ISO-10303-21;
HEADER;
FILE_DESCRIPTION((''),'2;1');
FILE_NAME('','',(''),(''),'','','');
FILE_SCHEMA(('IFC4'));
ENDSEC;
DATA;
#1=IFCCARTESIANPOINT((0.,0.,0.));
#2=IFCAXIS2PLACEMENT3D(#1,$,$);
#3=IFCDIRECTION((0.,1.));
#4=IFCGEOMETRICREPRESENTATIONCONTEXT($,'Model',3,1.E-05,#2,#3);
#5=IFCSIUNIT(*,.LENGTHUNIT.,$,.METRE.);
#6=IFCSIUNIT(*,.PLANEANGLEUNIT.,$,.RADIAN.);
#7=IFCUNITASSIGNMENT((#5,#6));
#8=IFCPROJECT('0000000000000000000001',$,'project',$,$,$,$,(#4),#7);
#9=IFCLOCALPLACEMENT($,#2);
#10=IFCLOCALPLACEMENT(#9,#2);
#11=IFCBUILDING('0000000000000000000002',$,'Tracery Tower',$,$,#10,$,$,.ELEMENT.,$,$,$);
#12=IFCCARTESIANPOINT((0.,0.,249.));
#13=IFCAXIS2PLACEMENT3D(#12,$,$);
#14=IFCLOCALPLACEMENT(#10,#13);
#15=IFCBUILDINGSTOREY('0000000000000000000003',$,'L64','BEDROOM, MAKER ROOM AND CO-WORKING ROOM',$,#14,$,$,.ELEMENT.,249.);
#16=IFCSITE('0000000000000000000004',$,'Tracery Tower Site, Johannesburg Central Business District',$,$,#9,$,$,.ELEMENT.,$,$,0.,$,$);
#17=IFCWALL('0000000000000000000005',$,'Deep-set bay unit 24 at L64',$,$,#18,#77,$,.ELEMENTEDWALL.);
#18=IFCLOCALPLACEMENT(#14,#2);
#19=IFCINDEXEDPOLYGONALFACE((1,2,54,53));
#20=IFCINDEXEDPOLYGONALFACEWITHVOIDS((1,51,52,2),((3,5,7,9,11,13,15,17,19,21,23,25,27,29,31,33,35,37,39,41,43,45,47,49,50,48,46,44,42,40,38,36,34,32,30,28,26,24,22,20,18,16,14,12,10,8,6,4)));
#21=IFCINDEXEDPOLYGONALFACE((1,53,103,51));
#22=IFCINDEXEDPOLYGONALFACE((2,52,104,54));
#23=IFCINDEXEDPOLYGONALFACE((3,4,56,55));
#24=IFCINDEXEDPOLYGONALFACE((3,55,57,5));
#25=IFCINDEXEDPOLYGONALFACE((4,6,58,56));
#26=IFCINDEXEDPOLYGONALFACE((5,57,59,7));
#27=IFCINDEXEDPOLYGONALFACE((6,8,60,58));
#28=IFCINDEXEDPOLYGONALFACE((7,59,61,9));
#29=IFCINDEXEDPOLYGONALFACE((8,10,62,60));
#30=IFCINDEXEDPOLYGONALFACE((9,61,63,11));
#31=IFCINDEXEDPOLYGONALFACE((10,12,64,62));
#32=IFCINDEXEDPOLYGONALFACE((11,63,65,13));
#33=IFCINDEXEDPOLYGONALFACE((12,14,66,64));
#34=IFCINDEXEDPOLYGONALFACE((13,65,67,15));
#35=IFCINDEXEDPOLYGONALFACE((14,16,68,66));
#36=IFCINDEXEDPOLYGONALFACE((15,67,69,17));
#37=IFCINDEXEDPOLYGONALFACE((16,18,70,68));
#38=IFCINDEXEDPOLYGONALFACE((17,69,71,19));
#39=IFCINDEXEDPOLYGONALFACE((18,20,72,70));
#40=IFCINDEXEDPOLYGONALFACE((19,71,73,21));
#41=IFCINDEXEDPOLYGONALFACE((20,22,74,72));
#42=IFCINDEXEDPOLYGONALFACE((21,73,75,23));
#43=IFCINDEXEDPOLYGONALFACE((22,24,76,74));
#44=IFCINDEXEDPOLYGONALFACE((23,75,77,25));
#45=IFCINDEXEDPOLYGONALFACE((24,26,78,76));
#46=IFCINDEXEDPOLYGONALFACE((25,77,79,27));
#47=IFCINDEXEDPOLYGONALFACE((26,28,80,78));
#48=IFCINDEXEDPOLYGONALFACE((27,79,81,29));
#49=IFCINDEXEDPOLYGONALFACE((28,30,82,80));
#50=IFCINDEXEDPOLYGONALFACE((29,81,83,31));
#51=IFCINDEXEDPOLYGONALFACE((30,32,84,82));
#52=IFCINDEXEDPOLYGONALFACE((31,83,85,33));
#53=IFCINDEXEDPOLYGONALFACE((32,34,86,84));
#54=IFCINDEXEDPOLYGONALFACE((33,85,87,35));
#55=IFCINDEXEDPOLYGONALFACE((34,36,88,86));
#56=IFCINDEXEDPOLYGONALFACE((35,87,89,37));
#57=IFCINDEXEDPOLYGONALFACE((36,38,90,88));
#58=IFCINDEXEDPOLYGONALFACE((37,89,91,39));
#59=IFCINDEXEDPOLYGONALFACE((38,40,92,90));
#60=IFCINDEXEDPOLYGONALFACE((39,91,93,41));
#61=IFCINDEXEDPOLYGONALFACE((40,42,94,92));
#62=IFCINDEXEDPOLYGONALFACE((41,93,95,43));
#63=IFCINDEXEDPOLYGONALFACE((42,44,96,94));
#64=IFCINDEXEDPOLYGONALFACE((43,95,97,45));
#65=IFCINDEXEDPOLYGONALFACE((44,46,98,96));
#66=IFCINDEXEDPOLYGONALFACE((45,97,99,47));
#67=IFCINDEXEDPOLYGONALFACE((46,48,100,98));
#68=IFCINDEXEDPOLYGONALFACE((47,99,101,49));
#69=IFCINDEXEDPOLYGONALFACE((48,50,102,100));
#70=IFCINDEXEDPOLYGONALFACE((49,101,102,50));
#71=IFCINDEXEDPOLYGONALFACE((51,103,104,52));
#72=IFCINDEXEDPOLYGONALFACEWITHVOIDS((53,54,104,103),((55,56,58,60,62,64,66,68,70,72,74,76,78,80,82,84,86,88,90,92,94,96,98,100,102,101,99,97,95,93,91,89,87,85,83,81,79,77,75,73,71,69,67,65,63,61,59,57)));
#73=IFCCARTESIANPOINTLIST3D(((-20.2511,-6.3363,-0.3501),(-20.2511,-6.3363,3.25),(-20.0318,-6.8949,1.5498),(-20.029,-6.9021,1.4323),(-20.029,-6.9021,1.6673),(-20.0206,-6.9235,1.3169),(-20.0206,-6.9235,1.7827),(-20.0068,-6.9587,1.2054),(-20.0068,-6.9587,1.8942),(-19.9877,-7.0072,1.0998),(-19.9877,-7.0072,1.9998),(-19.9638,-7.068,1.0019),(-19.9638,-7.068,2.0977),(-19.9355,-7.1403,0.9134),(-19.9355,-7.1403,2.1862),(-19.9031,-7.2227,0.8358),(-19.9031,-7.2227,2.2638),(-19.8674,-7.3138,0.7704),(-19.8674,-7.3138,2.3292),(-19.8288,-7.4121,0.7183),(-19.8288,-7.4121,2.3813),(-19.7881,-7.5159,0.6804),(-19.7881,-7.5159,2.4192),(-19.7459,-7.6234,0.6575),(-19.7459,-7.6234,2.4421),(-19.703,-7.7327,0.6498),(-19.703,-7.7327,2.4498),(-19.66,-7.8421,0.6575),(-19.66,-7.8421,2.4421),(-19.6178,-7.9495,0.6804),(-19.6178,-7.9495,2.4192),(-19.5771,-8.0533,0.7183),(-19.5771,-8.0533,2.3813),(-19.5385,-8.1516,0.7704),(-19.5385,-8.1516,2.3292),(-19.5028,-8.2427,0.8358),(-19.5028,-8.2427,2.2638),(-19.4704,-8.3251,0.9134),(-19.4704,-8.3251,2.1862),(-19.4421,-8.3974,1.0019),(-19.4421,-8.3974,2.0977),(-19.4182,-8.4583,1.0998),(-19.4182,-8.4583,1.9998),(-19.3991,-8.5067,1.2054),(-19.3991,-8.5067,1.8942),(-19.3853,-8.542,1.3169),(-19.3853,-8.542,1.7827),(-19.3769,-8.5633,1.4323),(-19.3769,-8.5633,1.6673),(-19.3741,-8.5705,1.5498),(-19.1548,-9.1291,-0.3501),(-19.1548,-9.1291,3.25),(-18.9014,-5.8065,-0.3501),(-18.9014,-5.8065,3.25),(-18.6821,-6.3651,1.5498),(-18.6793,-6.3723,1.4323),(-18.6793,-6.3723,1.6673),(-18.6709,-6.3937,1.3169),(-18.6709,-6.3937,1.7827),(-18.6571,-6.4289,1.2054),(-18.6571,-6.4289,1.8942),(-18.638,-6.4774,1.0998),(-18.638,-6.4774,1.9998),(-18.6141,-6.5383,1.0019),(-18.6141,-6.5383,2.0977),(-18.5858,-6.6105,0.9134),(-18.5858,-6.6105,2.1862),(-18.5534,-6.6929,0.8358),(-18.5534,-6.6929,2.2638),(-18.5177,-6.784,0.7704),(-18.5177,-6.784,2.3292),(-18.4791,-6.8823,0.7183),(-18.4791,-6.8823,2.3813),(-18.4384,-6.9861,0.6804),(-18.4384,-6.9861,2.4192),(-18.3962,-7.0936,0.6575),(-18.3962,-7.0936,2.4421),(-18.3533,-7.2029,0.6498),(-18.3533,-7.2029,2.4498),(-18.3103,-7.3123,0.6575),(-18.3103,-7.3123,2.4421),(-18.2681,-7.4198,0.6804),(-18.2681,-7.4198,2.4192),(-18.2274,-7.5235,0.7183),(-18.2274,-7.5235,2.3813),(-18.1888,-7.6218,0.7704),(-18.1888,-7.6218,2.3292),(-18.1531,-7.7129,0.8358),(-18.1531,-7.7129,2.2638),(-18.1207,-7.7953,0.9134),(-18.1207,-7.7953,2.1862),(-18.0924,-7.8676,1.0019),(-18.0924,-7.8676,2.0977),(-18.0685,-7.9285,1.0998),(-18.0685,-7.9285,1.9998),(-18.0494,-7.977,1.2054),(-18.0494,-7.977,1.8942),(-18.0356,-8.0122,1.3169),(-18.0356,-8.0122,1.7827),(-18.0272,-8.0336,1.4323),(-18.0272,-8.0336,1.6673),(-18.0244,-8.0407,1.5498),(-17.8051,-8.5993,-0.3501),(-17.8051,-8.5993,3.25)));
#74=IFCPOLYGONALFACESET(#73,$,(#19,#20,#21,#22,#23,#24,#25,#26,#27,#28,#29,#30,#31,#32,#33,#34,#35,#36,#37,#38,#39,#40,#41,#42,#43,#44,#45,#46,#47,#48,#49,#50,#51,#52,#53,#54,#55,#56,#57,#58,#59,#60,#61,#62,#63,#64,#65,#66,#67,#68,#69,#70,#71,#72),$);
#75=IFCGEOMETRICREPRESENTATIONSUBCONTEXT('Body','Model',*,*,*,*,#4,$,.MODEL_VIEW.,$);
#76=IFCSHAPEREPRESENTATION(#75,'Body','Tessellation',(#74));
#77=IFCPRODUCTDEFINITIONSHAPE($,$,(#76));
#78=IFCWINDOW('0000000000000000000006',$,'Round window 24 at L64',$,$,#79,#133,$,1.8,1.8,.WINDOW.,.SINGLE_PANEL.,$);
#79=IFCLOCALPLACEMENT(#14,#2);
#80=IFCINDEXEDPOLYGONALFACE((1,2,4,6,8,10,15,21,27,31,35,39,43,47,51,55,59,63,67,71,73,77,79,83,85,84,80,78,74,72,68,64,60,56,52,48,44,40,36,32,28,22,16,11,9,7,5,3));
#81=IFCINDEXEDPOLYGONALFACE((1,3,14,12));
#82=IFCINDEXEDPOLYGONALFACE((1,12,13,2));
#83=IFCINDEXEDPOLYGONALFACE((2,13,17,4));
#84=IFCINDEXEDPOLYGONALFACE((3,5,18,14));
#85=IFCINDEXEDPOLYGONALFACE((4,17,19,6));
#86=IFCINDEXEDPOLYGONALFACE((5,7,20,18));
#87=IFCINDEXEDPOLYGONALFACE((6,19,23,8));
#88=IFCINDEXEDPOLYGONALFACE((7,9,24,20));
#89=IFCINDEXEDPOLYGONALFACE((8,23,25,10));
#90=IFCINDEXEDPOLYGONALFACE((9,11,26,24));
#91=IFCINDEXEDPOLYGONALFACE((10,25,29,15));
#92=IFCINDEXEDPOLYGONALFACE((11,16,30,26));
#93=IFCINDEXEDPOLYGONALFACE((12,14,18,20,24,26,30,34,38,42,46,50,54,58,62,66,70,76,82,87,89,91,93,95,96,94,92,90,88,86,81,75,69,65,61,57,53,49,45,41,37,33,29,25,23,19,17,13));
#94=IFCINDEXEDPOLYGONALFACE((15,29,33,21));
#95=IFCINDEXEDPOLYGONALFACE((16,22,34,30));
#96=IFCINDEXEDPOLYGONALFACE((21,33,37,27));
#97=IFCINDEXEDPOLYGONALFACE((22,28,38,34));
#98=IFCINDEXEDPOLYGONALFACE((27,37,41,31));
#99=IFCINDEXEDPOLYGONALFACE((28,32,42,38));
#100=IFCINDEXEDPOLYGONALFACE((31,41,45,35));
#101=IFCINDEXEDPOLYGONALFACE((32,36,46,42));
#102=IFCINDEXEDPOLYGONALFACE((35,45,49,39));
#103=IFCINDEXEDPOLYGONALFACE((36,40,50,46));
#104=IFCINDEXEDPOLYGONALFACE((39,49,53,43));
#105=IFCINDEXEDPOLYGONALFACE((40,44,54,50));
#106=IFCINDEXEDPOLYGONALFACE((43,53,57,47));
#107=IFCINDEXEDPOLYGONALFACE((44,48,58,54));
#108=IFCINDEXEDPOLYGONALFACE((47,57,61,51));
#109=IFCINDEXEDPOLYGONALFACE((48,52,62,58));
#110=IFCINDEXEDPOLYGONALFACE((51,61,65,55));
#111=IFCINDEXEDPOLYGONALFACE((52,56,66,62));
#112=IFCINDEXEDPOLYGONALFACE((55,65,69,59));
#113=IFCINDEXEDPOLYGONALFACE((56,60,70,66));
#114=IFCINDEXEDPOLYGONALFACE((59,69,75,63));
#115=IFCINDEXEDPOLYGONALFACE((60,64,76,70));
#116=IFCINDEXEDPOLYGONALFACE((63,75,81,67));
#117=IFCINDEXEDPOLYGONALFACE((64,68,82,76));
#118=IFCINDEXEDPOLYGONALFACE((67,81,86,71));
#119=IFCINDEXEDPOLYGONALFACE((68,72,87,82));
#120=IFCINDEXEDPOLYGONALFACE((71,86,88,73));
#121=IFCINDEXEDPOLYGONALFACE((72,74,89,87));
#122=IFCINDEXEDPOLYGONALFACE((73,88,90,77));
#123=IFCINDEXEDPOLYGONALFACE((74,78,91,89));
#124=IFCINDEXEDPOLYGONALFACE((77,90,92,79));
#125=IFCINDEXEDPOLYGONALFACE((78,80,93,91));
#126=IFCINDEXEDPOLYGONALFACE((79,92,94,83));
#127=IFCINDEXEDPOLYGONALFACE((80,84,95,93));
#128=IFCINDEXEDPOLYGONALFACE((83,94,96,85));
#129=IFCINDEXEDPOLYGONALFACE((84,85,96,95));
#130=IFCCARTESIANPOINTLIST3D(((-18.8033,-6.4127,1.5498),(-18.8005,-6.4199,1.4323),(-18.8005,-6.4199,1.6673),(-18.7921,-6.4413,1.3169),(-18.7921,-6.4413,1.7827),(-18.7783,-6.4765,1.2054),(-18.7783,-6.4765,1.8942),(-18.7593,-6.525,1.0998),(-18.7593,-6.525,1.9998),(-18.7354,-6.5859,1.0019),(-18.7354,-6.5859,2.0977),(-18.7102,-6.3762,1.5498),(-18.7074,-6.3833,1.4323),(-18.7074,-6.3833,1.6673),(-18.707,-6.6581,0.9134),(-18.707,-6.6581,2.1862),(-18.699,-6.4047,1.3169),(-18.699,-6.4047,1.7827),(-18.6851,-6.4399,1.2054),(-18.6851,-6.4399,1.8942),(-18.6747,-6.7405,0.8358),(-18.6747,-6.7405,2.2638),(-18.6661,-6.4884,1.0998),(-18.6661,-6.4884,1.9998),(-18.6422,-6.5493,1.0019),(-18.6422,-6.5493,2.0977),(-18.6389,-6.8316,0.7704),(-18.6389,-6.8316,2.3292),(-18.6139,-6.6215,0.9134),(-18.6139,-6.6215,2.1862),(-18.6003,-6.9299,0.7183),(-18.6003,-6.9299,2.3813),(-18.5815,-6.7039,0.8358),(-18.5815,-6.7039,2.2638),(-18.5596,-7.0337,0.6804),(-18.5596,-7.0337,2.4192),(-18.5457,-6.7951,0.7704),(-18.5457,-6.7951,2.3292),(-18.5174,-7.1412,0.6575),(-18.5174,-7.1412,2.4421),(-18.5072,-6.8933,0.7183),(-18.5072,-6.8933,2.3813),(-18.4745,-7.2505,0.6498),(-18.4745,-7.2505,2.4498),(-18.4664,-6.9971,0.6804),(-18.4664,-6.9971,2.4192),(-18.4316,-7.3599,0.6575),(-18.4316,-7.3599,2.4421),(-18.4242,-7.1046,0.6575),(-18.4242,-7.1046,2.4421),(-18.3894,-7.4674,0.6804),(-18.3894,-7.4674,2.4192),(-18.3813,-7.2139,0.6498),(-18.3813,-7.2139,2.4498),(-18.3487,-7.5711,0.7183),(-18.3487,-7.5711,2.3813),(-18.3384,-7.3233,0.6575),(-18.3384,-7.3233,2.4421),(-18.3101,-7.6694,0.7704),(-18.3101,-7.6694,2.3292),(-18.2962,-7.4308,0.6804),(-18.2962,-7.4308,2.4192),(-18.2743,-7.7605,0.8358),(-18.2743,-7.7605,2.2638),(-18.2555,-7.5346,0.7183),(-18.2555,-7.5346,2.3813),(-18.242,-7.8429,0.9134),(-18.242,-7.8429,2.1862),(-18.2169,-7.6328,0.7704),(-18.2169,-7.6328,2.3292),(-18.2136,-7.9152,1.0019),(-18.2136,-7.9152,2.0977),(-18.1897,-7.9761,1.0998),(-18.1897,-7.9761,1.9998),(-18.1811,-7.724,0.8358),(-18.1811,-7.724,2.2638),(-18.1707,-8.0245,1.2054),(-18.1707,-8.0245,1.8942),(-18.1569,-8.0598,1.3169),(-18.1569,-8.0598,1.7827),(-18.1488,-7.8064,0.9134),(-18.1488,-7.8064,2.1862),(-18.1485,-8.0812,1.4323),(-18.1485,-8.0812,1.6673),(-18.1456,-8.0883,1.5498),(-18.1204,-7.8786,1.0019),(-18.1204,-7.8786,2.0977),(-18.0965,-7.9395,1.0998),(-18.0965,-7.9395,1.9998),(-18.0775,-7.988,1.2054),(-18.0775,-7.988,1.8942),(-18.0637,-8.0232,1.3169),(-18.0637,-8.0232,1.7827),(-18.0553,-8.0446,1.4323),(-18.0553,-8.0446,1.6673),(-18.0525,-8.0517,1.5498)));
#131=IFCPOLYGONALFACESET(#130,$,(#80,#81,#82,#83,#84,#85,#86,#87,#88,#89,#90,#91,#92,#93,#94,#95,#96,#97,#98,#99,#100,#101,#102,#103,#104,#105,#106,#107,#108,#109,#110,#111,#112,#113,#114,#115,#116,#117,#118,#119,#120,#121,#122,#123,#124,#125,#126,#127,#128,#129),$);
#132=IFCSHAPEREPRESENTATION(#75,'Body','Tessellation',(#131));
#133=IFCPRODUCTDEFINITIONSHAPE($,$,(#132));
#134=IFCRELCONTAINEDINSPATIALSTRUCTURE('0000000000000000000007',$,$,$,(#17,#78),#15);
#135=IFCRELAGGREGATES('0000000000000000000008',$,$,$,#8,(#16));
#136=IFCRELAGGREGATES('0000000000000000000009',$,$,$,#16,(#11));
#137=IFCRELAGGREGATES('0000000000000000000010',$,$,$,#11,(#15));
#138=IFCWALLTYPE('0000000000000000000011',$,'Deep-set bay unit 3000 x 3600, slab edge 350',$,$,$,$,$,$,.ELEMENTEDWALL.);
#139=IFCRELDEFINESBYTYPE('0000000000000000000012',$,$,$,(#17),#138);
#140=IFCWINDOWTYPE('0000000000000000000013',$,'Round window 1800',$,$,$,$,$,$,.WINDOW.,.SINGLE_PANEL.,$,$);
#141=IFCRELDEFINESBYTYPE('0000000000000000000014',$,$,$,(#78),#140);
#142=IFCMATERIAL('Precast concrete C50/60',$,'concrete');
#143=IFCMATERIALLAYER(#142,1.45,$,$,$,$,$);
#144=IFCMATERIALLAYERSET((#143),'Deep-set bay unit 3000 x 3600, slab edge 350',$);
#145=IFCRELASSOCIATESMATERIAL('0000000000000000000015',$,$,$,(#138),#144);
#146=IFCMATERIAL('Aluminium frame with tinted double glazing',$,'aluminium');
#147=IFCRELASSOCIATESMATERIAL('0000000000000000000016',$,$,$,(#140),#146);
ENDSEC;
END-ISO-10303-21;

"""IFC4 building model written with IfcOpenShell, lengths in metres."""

from ifc_helpers import new_model, si_unit, direction, frame, frame_2d, origin, origin_2d, place, context, subcontext, project, spatial, rectangle, circle, extrude, material, layer, layer_set, type_object, element, fill, save


model = new_model("IFC4")

# Units and contexts
model_context = context("Model", 3, precision=1e-05, world=origin(), true_north=direction((0.0, 1.0)))
body_context = subcontext(model_context, "Body", "Model", "MODEL_VIEW")
ifc_project = project(units=[si_unit("LENGTHUNIT", "METRE"), si_unit("PLANEANGLEUNIT", "RADIAN")], contexts=[model_context])

# Site, building, storey
site_placement = place(None, origin())
site = spatial("IfcSite", under=ifc_project, at=site_placement, Name="Tracery Tower Site, Johannesburg Central Business District", CompositionType="ELEMENT", RefElevation=0.0)
building_placement = place(site_placement, origin())
building = spatial("IfcBuilding", under=site, at=building_placement, Name="Tracery Tower", CompositionType="ELEMENT")
storey_placement = place(building_placement, frame((0.0, 0.0, 249.0)))
storey = spatial("IfcBuildingStorey", under=building, at=storey_placement, Name="L64", Description="BEDROOM, MAKER ROOM AND CO-WORKING ROOM", CompositionType="ELEMENT", Elevation=249.0)

# Wall, opening, window
ifc_material_1 = material(Name="Precast concrete C50/60", Category="concrete")
ifc_layer_1 = layer(ifc_material_1, 1.45)
ifc_layer_set_1 = layer_set([ifc_layer_1], Name="Deep-set bay unit 3000 x 3600, slab edge 350")
wall_type_1 = type_object("IfcWallType", Name="Deep-set bay unit 3000 x 3600, slab edge 350", PredefinedType="ELEMENTEDWALL", material=ifc_layer_set_1)
wall_1_placement = place(storey_placement, frame((-19.5762, -6.0715, -0.3501), z_axis=(0.0, 0.0, 1.0), x_axis=(0.365378, -0.930859, 0.0)))
wall_1 = element("IfcWall", 1, at=wall_1_placement, inside=storey, type_object=wall_type_1, Name="Deep-set bay unit 24 at L64", PredefinedType="ELEMENTEDWALL", context=body_context, shape_type="SweptSolid", body=[
    extrude(rectangle(XDim=3.0002, YDim=1.45, at=frame_2d((1.5, 0.0))), origin(), (0.0, 0.0, 1.0), 3.6001),
])
opening_1_placement = place(wall_1_placement, frame((1.5, 0.0, 1.8999)))
opening_1 = element("IfcOpeningElement", 2, at=opening_1_placement, cuts=wall_1, PredefinedType="OPENING", context=body_context, shape_type="SweptSolid", body=[
    extrude(circle(Radius=0.9, at=origin_2d()), frame((0.0, 0.7349, 0.0), z_axis=(0.0, -1.0, 0.0), x_axis=(1.0, 0.0, 0.0)), (0.0, 0.0, 1.0), 1.47),
])
ifc_material_2 = material(Name="Aluminium frame with tinted double glazing", Category="aluminium")
window_type = type_object("IfcWindowType", Name="Round window 1800", PartitioningType="SINGLE_PANEL", PredefinedType="WINDOW", material=ifc_material_2)
window_1_placement = place(opening_1_placement, origin())
window_1 = element("IfcWindow", 3, at=window_1_placement, inside=storey, type_object=window_type, Name="Round window 24 at L64", OverallHeight=1.8, OverallWidth=1.8, PartitioningType="SINGLE_PANEL", PredefinedType="WINDOW", context=body_context, shape_type="SweptSolid", body=[
    extrude(circle(Radius=0.9, at=origin_2d()), frame((0.0, 0.6948, 0.0), z_axis=(0.0, -1.0, 0.0), x_axis=(1.0, 0.0, 0.0)), (0.0, 0.0, 1.0), 0.1001),
])
fill(opening_1, window_1)

save(model, "model.ifc")
